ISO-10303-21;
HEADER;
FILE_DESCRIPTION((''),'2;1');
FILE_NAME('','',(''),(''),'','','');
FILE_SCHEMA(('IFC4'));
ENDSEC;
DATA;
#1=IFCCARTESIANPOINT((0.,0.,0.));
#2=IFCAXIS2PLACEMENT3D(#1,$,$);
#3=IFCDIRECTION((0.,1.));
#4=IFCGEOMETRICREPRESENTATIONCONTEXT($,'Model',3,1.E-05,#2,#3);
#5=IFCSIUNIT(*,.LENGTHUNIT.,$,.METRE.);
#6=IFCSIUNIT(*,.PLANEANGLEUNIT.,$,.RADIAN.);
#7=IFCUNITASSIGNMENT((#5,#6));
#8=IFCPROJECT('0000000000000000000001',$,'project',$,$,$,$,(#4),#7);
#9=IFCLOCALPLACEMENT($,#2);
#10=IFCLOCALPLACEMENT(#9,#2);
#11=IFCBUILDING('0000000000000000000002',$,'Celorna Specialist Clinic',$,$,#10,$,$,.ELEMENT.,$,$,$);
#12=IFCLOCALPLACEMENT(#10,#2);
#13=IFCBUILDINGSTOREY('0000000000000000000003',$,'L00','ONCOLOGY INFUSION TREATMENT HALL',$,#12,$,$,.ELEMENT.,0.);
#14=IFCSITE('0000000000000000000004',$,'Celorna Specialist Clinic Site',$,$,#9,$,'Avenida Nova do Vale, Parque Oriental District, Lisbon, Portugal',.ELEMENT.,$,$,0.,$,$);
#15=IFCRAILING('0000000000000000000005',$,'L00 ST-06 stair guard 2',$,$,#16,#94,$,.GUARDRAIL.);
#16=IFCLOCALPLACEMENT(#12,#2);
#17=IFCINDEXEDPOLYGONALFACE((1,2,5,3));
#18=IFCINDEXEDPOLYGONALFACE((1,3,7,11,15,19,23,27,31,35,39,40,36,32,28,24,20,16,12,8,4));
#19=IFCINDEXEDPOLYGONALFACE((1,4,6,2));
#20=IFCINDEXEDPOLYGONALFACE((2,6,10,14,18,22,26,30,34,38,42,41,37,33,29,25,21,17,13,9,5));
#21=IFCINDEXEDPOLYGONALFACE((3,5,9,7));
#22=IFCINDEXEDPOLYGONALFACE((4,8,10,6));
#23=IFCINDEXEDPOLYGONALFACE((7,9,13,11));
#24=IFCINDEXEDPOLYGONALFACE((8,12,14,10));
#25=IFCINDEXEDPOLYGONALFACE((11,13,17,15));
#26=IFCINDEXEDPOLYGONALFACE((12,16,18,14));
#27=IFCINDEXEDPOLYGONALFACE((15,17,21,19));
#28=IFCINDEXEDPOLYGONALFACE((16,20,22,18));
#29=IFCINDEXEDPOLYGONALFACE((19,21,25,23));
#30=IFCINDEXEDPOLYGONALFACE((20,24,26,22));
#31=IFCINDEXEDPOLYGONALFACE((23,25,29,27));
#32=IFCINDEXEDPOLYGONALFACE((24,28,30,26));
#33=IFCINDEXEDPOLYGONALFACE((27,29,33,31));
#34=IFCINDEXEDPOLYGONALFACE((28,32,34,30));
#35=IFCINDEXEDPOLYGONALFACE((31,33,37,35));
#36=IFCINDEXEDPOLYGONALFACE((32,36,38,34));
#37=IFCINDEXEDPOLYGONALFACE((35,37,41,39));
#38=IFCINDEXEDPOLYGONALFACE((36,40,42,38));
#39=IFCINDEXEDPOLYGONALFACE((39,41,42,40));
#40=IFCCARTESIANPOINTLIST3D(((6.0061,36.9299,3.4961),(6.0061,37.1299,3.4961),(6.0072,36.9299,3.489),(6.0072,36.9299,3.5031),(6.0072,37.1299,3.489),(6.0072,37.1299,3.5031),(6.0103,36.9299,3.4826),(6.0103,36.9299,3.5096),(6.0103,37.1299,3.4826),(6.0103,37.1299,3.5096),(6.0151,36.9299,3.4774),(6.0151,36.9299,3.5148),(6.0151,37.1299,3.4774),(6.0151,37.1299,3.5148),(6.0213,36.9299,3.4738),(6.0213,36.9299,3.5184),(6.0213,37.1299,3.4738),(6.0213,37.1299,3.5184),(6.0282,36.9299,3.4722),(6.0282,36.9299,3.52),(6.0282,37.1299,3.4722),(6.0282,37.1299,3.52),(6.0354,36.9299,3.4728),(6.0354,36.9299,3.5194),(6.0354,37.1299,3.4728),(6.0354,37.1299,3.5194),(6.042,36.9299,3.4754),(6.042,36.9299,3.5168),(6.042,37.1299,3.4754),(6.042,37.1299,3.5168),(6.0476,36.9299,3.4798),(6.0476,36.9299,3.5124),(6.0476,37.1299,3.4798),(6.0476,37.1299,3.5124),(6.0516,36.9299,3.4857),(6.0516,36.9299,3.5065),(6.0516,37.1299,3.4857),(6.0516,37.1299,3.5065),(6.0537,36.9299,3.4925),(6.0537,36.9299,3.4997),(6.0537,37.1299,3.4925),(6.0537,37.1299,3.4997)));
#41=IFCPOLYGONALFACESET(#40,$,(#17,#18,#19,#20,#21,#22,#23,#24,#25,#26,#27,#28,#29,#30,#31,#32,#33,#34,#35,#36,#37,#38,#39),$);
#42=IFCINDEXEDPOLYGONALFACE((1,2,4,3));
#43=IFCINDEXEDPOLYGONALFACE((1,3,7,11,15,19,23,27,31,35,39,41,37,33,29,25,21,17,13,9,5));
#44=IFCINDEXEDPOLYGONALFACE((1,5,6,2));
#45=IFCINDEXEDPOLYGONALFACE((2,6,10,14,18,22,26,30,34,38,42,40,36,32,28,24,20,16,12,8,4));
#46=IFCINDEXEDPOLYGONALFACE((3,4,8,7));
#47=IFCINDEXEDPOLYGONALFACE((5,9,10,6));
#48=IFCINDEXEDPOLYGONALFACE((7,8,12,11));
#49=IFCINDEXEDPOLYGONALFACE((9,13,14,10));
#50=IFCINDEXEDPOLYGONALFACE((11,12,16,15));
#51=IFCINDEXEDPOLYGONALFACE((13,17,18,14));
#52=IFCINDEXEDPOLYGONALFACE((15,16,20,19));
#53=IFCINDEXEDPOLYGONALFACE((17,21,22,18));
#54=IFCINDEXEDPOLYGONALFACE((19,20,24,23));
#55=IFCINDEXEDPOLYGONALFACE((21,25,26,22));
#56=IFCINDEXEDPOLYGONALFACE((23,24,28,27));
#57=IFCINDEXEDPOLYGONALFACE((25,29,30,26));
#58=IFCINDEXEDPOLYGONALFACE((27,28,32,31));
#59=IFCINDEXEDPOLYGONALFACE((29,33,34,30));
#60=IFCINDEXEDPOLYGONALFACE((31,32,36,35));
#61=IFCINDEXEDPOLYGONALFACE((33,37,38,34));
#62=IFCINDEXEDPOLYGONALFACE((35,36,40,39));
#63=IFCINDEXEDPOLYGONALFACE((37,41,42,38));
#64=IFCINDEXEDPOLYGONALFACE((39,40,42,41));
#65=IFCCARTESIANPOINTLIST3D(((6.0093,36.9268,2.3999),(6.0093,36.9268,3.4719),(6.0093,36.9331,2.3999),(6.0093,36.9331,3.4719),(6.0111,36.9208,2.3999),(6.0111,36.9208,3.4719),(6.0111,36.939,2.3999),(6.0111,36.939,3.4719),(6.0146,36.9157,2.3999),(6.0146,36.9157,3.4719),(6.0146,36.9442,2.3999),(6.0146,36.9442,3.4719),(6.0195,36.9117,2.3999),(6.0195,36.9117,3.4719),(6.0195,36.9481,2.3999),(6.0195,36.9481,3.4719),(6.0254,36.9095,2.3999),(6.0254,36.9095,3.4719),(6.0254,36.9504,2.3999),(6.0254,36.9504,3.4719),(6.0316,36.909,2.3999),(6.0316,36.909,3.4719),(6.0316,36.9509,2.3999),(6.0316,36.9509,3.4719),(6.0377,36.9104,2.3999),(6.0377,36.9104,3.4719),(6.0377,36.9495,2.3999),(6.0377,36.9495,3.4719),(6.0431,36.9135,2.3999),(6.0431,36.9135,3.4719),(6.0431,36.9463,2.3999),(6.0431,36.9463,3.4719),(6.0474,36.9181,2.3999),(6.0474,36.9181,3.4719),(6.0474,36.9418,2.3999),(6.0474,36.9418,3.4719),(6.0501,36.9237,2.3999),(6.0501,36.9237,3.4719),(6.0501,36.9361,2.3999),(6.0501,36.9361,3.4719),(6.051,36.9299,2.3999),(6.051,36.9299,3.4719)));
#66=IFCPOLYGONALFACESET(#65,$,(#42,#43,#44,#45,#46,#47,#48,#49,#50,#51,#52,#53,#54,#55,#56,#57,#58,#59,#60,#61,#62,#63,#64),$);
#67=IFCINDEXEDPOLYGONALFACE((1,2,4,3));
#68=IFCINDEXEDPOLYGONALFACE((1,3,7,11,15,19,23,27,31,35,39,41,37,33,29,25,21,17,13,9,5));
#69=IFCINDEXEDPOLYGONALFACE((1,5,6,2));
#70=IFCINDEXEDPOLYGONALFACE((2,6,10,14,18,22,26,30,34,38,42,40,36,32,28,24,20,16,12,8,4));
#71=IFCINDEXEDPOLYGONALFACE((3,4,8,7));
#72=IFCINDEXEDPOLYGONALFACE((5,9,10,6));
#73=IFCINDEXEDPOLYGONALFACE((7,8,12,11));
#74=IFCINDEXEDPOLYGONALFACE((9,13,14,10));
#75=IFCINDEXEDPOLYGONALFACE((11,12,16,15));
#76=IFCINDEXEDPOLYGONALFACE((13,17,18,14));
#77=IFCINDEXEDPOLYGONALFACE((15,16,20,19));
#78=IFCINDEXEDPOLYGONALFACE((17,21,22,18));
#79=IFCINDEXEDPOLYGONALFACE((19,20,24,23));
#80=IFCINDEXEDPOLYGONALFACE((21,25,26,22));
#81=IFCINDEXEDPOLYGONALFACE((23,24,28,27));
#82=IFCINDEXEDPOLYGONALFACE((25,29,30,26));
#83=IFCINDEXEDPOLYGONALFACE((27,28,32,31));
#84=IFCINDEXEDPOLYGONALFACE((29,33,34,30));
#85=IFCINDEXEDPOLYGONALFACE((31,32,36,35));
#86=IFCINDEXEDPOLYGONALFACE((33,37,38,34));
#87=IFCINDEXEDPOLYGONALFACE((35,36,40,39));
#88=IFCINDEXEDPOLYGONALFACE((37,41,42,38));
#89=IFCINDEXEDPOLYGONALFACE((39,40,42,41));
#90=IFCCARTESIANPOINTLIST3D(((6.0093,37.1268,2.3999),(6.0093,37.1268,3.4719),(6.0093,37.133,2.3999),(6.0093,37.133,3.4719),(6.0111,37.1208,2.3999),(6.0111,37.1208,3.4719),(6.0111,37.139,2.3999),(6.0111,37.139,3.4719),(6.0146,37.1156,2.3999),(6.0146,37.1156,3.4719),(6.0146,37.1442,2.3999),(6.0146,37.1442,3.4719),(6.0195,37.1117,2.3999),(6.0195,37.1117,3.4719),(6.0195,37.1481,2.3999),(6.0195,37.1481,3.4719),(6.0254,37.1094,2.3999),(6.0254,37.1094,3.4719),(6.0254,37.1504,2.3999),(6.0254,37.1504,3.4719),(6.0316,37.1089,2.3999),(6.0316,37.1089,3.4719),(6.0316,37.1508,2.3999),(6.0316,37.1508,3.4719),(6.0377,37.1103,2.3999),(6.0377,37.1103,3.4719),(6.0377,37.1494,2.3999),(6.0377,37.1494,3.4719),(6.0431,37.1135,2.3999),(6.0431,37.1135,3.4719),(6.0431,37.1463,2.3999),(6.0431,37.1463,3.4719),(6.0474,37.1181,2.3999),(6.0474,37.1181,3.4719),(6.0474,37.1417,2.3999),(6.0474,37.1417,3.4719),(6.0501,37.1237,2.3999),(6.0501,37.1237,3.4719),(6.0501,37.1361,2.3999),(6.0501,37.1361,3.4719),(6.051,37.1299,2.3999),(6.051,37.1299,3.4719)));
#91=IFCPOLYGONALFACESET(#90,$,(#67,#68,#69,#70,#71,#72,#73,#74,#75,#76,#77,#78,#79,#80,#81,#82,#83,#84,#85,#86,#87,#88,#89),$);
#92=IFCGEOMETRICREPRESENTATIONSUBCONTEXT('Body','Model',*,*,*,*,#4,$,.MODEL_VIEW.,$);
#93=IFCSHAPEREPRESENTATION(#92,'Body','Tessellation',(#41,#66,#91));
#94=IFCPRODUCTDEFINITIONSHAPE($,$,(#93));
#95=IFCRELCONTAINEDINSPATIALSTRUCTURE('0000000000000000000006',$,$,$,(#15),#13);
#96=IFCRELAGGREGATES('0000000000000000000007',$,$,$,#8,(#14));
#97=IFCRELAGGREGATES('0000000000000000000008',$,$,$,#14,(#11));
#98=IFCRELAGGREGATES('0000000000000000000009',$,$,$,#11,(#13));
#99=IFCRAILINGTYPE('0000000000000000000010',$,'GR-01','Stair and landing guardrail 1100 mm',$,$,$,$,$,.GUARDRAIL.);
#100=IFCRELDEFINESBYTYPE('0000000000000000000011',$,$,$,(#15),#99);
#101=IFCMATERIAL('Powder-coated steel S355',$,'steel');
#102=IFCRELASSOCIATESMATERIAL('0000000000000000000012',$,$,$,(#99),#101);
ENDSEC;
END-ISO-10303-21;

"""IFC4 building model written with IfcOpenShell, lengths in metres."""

from ifc_helpers import new_model, si_unit, direction, frame, origin, origin_2d, place, context, subcontext, project, spatial, circle, extrude, material, type_object, element, save


model = new_model("IFC4")

# Units and contexts
model_context = context("Model", 3, precision=1e-05, world=origin(), true_north=direction((0.0, 1.0)))
body_context = subcontext(model_context, "Body", "Model", "MODEL_VIEW")
ifc_project = project(units=[si_unit("LENGTHUNIT", "METRE"), si_unit("PLANEANGLEUNIT", "RADIAN")], contexts=[model_context])

# Site, building, storey
site_placement = place(None, origin())
site = spatial("IfcSite", under=ifc_project, at=site_placement, Name="Celorna Specialist Clinic Site", LongName="Avenida Nova do Vale, Parque Oriental District, Lisbon, Portugal", CompositionType="ELEMENT", RefElevation=0.0)
building_placement = place(site_placement, origin())
building = spatial("IfcBuilding", under=site, at=building_placement, Name="Celorna Specialist Clinic", CompositionType="ELEMENT")
storey_placement = place(building_placement, origin())
storey = spatial("IfcBuildingStorey", under=building, at=storey_placement, Name="L00", Description="ONCOLOGY INFUSION TREATMENT HALL", CompositionType="ELEMENT", Elevation=0.0)

# Railing
ifc_material_1 = material(Name="Powder-coated steel S355", Category="steel")
railing_type_1 = type_object("IfcRailingType", Name="GR-01", Description="Stair and landing guardrail 1100 mm", PredefinedType="GUARDRAIL", material=ifc_material_1)
railing_1_placement = place(storey_placement, frame((6.03, 36.9299, 2.3999)))
element("IfcRailing", 1, at=railing_1_placement, inside=storey, type_object=railing_type_1, Name="L00 ST-06 stair guard 2", PredefinedType="GUARDRAIL", context=body_context, shape_type="SweptSolid", body=[
    extrude(circle(Radius=0.0239, at=origin_2d()), frame((0.0, 0.0, 1.0962), z_axis=(0.0, 1.0, 0.0), x_axis=(-1.0, 0.0, 0.0)), (0.0, 0.0, 1.0), 0.2),
    extrude(circle(Radius=0.021, at=origin_2d()), origin(), (0.0, 0.0, 1.0), 1.072),
    extrude(circle(Radius=0.021, at=origin_2d()), frame((0.0, 0.2, 0.0)), (0.0, 0.0, 1.0), 1.072),
])

save(model, "model.ifc")
